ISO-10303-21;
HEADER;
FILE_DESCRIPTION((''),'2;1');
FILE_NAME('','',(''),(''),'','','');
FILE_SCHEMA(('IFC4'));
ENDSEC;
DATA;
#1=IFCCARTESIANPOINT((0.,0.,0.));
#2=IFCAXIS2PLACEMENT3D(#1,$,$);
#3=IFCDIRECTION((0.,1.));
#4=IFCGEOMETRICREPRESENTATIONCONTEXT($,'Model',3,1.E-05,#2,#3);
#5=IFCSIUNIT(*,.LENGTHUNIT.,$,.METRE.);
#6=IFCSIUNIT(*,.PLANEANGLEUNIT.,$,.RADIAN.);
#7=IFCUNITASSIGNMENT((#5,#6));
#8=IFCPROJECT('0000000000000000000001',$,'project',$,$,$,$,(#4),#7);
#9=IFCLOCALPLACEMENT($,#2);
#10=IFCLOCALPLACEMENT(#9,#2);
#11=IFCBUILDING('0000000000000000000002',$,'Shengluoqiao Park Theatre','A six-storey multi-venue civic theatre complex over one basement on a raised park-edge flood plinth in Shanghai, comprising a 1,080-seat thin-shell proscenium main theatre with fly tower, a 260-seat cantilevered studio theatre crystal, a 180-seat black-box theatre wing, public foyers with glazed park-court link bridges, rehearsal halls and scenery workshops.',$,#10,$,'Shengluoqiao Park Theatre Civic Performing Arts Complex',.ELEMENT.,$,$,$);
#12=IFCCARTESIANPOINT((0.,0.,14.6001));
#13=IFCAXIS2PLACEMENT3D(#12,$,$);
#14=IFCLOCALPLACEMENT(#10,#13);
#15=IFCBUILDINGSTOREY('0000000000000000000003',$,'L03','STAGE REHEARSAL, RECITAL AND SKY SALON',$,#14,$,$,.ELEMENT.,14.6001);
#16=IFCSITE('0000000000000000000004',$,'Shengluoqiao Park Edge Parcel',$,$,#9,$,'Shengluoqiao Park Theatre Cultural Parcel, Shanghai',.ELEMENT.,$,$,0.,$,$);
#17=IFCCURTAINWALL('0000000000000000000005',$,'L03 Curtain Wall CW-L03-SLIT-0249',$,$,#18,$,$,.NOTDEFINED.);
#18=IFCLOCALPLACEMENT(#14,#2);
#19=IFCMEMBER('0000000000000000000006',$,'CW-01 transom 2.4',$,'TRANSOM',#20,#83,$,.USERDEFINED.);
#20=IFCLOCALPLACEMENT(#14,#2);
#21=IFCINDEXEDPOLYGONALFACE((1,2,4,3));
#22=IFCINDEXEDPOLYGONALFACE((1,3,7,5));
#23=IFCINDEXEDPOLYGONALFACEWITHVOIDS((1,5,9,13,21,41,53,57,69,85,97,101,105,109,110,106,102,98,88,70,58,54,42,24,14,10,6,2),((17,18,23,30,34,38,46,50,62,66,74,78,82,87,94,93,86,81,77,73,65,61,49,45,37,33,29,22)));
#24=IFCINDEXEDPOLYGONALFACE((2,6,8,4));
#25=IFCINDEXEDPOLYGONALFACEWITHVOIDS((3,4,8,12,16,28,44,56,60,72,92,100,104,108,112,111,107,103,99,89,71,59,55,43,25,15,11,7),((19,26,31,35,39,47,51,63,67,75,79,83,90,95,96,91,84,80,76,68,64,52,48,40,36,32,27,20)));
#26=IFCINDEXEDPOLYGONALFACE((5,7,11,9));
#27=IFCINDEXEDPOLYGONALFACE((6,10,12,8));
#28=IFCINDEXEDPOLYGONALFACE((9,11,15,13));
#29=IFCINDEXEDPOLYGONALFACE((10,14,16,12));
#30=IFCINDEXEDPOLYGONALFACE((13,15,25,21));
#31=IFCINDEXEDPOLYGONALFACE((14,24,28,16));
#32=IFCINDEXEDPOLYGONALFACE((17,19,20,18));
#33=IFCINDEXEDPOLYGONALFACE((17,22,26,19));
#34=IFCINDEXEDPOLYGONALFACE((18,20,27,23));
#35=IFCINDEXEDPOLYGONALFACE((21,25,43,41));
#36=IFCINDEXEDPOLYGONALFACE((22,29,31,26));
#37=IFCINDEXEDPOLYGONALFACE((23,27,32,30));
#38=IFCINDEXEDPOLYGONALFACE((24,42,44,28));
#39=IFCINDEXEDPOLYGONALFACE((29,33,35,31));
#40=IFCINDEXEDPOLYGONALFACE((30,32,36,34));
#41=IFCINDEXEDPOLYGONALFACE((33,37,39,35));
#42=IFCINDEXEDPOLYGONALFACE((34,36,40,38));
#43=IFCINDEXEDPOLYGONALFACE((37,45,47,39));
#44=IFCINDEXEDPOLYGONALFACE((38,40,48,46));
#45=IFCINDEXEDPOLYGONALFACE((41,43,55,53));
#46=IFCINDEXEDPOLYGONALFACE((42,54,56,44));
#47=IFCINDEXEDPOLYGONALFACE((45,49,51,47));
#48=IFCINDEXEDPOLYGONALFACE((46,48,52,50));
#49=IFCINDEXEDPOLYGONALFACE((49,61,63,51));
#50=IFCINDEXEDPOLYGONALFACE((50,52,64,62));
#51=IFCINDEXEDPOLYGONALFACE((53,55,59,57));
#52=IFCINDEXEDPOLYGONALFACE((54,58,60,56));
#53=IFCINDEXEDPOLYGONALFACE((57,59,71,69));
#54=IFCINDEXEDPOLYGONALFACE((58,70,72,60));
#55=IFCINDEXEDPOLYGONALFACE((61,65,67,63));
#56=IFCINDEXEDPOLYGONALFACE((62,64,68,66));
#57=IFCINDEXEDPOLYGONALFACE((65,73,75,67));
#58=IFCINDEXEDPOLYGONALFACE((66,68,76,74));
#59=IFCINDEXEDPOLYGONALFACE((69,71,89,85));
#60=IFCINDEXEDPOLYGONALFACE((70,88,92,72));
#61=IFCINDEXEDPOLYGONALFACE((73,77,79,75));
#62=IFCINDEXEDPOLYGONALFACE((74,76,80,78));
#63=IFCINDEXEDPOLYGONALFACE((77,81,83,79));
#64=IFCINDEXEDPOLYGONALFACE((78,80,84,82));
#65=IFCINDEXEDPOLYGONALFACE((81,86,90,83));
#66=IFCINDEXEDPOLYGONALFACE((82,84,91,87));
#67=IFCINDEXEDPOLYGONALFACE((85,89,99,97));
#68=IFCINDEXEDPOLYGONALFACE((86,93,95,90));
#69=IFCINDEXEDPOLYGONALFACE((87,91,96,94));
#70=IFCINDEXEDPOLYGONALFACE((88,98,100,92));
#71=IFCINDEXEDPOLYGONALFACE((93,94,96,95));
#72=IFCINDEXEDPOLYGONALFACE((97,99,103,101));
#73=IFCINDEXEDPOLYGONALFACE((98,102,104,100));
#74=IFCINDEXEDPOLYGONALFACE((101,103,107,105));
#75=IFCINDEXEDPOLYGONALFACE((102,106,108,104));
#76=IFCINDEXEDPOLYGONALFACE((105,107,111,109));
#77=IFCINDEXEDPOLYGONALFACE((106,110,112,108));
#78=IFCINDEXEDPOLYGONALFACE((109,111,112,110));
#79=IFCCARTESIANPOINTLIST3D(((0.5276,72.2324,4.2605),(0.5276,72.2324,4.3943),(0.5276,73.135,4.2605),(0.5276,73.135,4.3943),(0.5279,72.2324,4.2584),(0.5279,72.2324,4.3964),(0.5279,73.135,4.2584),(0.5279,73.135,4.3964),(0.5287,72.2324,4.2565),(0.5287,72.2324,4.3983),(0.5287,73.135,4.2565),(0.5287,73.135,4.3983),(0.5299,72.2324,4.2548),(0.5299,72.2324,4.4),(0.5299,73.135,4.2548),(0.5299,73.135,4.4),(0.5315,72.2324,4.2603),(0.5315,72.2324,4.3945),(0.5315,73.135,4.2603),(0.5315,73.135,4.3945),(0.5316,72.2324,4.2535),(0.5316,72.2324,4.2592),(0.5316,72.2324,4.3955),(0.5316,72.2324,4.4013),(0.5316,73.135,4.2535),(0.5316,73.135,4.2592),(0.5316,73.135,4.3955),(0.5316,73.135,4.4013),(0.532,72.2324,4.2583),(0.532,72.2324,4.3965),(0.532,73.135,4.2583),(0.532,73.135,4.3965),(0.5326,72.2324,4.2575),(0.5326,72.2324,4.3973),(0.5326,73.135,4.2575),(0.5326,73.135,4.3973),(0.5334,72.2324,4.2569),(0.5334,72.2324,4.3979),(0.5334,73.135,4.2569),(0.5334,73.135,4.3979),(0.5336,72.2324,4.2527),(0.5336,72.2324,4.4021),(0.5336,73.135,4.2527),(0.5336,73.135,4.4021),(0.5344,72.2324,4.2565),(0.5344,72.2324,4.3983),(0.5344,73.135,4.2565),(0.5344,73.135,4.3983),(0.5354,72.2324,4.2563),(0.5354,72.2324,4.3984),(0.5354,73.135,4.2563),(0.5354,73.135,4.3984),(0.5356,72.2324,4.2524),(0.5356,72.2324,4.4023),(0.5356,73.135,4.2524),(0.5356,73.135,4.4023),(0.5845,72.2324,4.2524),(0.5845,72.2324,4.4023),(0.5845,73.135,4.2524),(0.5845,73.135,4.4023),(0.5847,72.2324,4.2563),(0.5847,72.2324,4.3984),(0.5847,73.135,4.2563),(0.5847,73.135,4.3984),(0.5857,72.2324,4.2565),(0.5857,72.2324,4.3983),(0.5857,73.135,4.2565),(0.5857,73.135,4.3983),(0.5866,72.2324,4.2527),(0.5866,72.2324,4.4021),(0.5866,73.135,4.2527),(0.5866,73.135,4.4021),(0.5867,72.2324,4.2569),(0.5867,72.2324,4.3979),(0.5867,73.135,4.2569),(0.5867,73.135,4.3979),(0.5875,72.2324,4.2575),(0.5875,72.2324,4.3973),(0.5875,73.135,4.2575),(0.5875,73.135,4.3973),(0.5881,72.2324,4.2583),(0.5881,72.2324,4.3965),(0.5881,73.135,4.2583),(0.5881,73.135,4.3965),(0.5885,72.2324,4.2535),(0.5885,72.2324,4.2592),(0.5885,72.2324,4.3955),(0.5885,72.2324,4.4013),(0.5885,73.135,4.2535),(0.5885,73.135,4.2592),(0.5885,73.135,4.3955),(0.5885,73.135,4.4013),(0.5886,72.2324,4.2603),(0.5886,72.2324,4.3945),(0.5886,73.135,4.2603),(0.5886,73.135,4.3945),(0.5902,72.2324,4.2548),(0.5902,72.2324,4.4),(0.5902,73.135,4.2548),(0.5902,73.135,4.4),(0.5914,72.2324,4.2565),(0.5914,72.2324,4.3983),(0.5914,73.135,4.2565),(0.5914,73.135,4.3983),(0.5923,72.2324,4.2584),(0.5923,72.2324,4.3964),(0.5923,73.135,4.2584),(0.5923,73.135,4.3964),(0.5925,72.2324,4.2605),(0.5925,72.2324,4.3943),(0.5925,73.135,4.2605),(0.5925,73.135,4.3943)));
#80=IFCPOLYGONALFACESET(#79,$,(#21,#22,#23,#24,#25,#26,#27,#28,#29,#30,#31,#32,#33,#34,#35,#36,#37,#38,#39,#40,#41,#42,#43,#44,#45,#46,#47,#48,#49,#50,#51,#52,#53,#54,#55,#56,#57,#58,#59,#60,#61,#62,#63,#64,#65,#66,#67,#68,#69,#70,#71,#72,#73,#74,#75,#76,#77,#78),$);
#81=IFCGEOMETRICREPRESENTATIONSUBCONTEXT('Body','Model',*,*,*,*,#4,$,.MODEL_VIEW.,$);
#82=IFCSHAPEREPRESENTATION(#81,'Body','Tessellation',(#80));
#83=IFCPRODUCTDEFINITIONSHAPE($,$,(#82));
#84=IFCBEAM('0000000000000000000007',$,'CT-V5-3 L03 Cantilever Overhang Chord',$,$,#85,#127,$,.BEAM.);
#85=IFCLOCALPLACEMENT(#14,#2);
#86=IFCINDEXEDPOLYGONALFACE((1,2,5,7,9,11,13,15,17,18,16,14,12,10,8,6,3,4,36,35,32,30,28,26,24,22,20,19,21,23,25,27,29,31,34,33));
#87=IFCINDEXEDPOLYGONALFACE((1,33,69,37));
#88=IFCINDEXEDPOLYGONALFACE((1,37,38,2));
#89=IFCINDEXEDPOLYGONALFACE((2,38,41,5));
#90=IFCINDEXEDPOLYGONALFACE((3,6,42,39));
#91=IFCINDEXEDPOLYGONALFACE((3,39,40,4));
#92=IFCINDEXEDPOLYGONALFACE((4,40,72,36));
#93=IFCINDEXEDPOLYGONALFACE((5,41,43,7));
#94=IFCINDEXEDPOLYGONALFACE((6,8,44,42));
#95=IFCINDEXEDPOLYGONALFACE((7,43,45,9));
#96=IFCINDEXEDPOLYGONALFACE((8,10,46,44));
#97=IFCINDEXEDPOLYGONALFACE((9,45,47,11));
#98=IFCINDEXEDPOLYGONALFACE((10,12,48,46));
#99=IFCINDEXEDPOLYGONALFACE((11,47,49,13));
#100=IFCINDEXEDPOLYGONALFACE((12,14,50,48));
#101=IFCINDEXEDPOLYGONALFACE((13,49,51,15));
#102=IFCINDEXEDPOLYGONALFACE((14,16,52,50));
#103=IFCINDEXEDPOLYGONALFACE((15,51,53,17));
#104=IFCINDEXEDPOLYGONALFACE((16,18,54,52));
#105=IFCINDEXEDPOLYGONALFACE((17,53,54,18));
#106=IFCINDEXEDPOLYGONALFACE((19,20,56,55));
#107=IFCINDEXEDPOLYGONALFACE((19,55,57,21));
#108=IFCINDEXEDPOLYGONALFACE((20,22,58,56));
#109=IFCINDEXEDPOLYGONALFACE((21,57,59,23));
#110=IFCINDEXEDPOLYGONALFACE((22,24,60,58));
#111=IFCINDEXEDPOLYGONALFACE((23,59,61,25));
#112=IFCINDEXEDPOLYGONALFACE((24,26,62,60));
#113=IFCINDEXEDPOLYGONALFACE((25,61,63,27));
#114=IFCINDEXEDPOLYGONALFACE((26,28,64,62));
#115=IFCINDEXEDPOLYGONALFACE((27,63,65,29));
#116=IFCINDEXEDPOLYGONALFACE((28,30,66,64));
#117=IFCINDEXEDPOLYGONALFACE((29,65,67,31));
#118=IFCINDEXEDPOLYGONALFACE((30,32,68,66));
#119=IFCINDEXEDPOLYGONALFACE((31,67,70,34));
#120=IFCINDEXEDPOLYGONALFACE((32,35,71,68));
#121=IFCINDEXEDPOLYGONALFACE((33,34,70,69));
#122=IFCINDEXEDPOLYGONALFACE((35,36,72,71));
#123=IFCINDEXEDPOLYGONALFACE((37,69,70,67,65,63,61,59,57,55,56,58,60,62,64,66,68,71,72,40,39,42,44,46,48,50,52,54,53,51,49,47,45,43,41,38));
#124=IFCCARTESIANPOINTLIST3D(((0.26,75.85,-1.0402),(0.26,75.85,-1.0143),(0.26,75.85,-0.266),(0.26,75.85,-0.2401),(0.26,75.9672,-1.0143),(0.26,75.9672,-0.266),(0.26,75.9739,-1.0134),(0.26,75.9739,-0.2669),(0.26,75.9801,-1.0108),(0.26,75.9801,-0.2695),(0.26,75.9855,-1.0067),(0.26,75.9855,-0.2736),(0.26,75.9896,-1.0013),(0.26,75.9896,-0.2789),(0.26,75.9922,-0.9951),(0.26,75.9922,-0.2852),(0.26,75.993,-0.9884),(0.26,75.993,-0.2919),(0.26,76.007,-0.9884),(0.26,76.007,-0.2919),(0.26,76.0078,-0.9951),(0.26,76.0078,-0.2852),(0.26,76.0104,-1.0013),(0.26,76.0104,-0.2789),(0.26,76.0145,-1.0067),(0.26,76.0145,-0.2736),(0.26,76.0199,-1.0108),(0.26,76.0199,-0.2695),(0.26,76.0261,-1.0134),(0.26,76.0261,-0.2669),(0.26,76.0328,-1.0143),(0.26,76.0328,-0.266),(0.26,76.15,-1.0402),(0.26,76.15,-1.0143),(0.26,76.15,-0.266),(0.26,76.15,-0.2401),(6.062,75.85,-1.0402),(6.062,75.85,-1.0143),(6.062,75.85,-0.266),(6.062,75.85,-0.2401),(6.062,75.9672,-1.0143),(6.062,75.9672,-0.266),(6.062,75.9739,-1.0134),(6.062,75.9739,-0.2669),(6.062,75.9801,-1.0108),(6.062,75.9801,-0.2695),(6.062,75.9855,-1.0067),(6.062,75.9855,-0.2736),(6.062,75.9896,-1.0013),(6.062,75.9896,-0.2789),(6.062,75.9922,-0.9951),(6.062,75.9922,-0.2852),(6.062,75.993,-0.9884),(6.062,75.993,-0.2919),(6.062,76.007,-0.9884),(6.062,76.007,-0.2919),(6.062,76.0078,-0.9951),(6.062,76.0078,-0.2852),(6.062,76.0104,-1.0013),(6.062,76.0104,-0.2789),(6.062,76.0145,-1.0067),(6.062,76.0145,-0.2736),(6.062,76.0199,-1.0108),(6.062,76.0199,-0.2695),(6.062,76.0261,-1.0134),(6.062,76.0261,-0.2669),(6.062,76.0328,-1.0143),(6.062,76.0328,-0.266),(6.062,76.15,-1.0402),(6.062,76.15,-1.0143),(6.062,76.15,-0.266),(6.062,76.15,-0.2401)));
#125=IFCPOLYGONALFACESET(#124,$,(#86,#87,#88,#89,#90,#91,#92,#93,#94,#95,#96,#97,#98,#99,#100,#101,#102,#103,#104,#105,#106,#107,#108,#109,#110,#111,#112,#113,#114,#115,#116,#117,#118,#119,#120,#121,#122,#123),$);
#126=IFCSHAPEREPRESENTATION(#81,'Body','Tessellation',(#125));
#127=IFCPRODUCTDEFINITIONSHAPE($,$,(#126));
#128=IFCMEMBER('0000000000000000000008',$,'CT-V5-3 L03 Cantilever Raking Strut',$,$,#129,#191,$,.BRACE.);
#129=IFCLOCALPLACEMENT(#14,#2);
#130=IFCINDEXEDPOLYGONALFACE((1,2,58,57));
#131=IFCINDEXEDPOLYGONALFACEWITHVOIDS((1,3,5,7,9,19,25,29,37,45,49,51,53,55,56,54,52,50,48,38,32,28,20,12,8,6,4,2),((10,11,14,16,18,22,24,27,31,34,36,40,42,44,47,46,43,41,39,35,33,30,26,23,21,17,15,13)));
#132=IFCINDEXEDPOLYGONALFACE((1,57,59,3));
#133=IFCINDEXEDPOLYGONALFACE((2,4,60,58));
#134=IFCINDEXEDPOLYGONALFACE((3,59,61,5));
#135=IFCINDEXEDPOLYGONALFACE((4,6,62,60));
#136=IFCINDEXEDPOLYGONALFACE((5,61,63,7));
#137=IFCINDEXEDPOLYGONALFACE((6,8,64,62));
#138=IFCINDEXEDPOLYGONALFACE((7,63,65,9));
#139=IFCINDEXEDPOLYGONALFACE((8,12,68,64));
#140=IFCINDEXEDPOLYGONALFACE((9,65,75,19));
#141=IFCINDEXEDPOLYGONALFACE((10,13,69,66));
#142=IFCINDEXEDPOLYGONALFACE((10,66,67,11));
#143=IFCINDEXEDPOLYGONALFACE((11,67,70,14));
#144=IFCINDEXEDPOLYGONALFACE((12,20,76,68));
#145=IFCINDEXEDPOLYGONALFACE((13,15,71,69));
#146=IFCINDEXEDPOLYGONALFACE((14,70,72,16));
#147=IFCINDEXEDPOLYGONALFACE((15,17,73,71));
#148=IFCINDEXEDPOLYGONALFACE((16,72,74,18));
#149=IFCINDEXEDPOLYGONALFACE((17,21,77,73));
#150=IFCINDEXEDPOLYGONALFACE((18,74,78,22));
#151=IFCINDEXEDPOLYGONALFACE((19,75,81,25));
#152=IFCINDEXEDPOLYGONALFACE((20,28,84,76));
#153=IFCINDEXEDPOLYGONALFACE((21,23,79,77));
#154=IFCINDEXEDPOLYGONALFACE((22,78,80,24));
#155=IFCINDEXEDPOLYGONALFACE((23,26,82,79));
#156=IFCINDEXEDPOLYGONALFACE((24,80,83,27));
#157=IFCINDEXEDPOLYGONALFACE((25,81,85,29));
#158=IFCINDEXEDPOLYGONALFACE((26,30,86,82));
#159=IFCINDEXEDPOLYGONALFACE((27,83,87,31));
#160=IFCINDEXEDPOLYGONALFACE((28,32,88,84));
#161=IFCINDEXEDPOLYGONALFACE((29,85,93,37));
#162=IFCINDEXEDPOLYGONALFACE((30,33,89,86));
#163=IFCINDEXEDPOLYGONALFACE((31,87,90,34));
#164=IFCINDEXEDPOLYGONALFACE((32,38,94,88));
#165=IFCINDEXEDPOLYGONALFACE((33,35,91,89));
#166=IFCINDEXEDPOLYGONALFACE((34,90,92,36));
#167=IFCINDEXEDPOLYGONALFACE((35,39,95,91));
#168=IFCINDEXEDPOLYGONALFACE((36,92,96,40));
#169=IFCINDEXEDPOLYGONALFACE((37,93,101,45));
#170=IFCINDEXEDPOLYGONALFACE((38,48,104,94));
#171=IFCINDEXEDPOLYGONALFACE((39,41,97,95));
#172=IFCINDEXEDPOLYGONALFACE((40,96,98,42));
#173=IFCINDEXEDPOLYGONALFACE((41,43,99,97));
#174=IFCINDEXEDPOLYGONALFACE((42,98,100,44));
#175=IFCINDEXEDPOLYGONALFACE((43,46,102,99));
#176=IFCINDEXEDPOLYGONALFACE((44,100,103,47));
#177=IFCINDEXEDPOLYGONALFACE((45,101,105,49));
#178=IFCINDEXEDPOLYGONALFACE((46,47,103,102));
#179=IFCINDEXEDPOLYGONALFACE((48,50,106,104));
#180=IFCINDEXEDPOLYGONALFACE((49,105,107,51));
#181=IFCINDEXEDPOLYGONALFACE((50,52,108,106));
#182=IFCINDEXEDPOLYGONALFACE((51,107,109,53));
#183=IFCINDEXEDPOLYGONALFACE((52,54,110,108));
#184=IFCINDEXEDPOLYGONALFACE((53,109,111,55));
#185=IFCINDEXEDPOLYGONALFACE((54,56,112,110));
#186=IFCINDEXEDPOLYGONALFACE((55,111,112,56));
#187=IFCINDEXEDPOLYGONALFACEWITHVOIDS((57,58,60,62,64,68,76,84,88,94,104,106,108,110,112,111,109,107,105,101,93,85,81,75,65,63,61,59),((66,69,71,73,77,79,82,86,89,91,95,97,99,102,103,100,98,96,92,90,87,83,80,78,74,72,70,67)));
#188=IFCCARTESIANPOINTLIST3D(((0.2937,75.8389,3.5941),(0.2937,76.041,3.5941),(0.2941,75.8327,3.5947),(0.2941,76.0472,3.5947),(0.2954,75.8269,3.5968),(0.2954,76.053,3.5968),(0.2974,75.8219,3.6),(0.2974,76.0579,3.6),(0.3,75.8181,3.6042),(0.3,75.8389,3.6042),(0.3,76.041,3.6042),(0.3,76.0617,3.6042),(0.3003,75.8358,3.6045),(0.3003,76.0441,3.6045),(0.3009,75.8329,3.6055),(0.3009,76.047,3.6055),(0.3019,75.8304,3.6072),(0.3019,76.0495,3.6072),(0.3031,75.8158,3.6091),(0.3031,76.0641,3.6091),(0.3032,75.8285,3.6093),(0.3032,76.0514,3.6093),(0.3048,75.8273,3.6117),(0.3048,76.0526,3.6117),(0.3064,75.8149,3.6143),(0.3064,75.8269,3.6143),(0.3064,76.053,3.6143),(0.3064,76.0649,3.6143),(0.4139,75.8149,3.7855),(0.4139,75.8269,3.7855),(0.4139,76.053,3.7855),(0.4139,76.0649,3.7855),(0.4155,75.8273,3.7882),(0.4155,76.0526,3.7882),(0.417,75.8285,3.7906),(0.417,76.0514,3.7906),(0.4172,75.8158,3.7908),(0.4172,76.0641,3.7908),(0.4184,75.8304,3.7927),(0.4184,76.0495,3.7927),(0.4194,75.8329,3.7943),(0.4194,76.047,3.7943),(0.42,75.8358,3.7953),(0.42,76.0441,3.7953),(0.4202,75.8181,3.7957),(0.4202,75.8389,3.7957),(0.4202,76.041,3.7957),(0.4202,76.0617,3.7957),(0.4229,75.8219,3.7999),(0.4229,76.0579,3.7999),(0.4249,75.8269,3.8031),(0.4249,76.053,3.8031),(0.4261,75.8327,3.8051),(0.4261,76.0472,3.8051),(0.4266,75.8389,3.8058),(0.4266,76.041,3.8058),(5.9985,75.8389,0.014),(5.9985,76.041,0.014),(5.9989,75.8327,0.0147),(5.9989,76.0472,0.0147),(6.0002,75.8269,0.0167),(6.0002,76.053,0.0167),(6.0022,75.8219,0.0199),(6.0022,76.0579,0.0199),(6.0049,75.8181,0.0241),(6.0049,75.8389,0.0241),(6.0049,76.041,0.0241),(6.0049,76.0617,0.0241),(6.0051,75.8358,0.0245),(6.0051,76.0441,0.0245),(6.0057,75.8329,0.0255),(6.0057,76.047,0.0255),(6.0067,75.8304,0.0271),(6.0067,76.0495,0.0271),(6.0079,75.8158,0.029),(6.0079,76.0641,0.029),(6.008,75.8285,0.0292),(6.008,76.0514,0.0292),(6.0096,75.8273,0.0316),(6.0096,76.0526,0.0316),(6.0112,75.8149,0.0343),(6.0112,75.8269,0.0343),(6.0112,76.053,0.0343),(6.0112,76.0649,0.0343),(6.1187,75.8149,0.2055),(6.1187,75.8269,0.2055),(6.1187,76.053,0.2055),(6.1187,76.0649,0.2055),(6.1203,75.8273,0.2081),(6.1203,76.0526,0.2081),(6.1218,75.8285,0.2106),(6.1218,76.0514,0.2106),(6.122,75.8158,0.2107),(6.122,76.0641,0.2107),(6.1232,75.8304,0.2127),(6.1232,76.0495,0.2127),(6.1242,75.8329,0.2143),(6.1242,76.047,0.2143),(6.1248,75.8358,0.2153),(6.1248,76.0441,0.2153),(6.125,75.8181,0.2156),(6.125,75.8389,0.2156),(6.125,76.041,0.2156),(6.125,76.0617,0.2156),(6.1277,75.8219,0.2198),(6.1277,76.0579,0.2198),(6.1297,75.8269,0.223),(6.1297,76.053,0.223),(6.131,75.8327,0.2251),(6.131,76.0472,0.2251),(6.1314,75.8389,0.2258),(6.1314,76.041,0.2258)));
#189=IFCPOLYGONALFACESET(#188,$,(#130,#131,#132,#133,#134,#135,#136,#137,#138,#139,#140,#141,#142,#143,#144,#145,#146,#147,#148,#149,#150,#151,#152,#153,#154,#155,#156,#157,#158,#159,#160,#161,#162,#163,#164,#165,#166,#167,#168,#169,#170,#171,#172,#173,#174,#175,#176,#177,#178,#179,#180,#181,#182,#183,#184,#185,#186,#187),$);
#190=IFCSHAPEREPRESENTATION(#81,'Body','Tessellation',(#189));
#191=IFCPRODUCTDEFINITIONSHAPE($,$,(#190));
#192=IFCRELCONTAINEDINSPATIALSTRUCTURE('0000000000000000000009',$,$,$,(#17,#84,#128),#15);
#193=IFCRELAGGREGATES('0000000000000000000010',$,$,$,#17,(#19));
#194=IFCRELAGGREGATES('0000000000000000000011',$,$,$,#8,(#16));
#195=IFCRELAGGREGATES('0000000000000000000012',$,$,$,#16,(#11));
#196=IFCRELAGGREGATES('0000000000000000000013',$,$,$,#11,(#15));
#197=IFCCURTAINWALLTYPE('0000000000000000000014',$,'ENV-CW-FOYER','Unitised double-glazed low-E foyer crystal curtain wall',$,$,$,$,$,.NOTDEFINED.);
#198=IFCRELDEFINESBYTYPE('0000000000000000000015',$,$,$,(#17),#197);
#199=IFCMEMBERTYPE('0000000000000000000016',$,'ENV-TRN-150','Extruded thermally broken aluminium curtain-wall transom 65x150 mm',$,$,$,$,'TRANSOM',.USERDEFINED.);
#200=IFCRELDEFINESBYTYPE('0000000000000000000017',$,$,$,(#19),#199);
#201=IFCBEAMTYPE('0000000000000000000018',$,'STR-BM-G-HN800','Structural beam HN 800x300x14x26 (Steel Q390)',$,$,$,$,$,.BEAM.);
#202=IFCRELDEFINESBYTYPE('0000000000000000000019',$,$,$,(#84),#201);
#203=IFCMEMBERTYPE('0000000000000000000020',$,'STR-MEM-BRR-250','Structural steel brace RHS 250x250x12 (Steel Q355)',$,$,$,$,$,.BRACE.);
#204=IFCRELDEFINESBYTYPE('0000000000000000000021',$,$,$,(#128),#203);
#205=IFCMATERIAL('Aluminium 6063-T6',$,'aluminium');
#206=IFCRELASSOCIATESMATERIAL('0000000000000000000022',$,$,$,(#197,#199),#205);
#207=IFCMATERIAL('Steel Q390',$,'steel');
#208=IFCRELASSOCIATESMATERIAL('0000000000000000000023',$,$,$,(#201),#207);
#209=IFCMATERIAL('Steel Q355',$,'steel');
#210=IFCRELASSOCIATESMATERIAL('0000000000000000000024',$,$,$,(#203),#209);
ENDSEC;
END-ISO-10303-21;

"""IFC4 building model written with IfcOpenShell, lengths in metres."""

from ifc_helpers import new_model, si_unit, direction, frame, origin, origin_2d, place, context, subcontext, project, spatial, hollow_rectangle, i_section, extrude, material, material_profile, profile_set, type_object, element, aggregate, save


model = new_model("IFC4")

# Units and contexts
model_context = context("Model", 3, precision=1e-05, world=origin(), true_north=direction((0.0, 1.0)))
body_context = subcontext(model_context, "Body", "Model", "MODEL_VIEW")
ifc_project = project(units=[si_unit("LENGTHUNIT", "METRE"), si_unit("PLANEANGLEUNIT", "RADIAN")], contexts=[model_context])

# Site, building, storey
site_placement = place(None, origin())
site = spatial("IfcSite", under=ifc_project, at=site_placement, Name="Shengluoqiao Park Edge Parcel", LongName="Shengluoqiao Park Theatre Cultural Parcel, Shanghai", CompositionType="ELEMENT", RefElevation=0.0)
building_placement = place(site_placement, origin())
building = spatial("IfcBuilding", under=site, at=building_placement, Name="Shengluoqiao Park Theatre", Description="A six-storey multi-venue civic theatre complex over one basement on a raised park-edge flood plinth in Shanghai, comprising a 1,080-seat thin-shell proscenium main theatre with fly tower, a 260-seat cantilevered studio theatre crystal, a 180-seat black-box theatre wing, public foyers with glazed park-court link bridges, rehearsal halls and scenery workshops.", LongName="Shengluoqiao Park Theatre Civic Performing Arts Complex", CompositionType="ELEMENT")
storey_placement = place(building_placement, frame((0.0, 0.0, 14.6001)))
storey = spatial("IfcBuildingStorey", under=building, at=storey_placement, Name="L03", Description="STAGE REHEARSAL, RECITAL AND SKY SALON", CompositionType="ELEMENT", Elevation=14.6001)

# Curtain wall, member
ifc_material_1 = material(Name="Aluminium 6063-T6", Category="aluminium")
curtain_wall_type = type_object("IfcCurtainWallType", Name="ENV-CW-FOYER", Description="Unitised double-glazed low-E foyer crystal curtain wall", PredefinedType="NOTDEFINED", material=ifc_material_1)
curtain_wall_placement = place(storey_placement, origin())
curtain_wall = element("IfcCurtainWall", 1, at=curtain_wall_placement, inside=storey, type_object=curtain_wall_type, Name="L03 Curtain Wall CW-L03-SLIT-0249", PredefinedType="NOTDEFINED")
ifc_material_profile_1 = material_profile(ifc_material_1, hollow_rectangle(XDim=0.0649, YDim=0.1499, WallThickness=0.0039, InnerFilletRadius=0.0039, OuterFilletRadius=0.0081, at=origin_2d()), Name="ALU TRANSOM 150x65x4")
ifc_profile_set_1 = profile_set([ifc_material_profile_1], Name="Aluminium 6063-T6")
member_type_1 = type_object("IfcMemberType", Name="ENV-TRN-150", Description="Extruded thermally broken aluminium curtain-wall transom 65x150 mm", ElementType="TRANSOM", PredefinedType="USERDEFINED", material=ifc_profile_set_1)
member_1_placement = place(storey_placement, frame((0.5601, 72.2324, 4.3274), z_axis=(0.0, 1.0, 0.0), x_axis=(-1.0, 0.0, 0.0)))
member_1 = element("IfcMember", 2, at=member_1_placement, type_object=member_type_1, Name="CW-01 transom 2.4", ObjectType="TRANSOM", PredefinedType="USERDEFINED", context=body_context, shape_type="SweptSolid", body=[
    extrude(hollow_rectangle(XDim=0.0649, YDim=0.1499, WallThickness=0.0039, InnerFilletRadius=0.0039, OuterFilletRadius=0.0081, at=origin_2d()), origin(), (0.0, 0.0, 1.0), 0.9026),
])

# Beam
ifc_material_2 = material(Name="Steel Q390", Category="steel")
ifc_material_profile_2 = material_profile(ifc_material_2, i_section(OverallWidth=0.3, OverallDepth=0.8, WebThickness=0.0139, FlangeThickness=0.0259, FilletRadius=0.0259, at=origin_2d()), Name="HN 800x300x14x26")
ifc_profile_set_2 = profile_set([ifc_material_profile_2], Name="Steel Q390")
beam_type = type_object("IfcBeamType", Name="STR-BM-G-HN800", Description="Structural beam HN 800x300x14x26 (Steel Q390)", PredefinedType="BEAM", material=ifc_profile_set_2)
beam_placement = place(storey_placement, frame((0.26, 76.0, -0.6401), z_axis=(1.0, 0.0, 0.0), x_axis=(0.0, 1.0, 0.0)))
element("IfcBeam", 3, at=beam_placement, inside=storey, type_object=beam_type, Name="CT-V5-3 L03 Cantilever Overhang Chord", PredefinedType="BEAM", context=body_context, shape_type="SweptSolid", body=[
    extrude(i_section(OverallWidth=0.3, OverallDepth=0.8, WebThickness=0.0139, FlangeThickness=0.0259, FilletRadius=0.0259, at=origin_2d()), origin(), (0.0, 0.0, 1.0), 5.802),
])

# Member
ifc_material_3 = material(Name="Steel Q355", Category="steel")
ifc_material_profile_3 = material_profile(ifc_material_3, hollow_rectangle(XDim=0.25, YDim=0.25, WallThickness=0.012, InnerFilletRadius=0.012, OuterFilletRadius=0.0239, at=origin_2d()), Name="RHS 250x250x12")
ifc_profile_set_3 = profile_set([ifc_material_profile_3], Name="Steel Q355")
member_type_2 = type_object("IfcMemberType", Name="STR-MEM-BRR-250", Description="Structural steel brace RHS 250x250x12 (Steel Q355)", PredefinedType="BRACE", material=ifc_profile_set_3)
member_2_placement = place(storey_placement, frame((6.0649, 75.9399, 0.1199), z_axis=(-0.847025, 0.0, 0.531552), x_axis=(0.0, -1.0, 0.0)))
element("IfcMember", 4, at=member_2_placement, inside=storey, type_object=member_type_2, Name="CT-V5-3 L03 Cantilever Raking Strut", PredefinedType="BRACE", context=body_context, shape_type="SweptSolid", body=[
    extrude(hollow_rectangle(XDim=0.25, YDim=0.25, WallThickness=0.012, InnerFilletRadius=0.012, OuterFilletRadius=0.0239, at=origin_2d()), origin(), (0.0, 0.0, 1.0), 6.7351),
])

aggregate(curtain_wall, [member_1])

save(model, "model.ifc")
